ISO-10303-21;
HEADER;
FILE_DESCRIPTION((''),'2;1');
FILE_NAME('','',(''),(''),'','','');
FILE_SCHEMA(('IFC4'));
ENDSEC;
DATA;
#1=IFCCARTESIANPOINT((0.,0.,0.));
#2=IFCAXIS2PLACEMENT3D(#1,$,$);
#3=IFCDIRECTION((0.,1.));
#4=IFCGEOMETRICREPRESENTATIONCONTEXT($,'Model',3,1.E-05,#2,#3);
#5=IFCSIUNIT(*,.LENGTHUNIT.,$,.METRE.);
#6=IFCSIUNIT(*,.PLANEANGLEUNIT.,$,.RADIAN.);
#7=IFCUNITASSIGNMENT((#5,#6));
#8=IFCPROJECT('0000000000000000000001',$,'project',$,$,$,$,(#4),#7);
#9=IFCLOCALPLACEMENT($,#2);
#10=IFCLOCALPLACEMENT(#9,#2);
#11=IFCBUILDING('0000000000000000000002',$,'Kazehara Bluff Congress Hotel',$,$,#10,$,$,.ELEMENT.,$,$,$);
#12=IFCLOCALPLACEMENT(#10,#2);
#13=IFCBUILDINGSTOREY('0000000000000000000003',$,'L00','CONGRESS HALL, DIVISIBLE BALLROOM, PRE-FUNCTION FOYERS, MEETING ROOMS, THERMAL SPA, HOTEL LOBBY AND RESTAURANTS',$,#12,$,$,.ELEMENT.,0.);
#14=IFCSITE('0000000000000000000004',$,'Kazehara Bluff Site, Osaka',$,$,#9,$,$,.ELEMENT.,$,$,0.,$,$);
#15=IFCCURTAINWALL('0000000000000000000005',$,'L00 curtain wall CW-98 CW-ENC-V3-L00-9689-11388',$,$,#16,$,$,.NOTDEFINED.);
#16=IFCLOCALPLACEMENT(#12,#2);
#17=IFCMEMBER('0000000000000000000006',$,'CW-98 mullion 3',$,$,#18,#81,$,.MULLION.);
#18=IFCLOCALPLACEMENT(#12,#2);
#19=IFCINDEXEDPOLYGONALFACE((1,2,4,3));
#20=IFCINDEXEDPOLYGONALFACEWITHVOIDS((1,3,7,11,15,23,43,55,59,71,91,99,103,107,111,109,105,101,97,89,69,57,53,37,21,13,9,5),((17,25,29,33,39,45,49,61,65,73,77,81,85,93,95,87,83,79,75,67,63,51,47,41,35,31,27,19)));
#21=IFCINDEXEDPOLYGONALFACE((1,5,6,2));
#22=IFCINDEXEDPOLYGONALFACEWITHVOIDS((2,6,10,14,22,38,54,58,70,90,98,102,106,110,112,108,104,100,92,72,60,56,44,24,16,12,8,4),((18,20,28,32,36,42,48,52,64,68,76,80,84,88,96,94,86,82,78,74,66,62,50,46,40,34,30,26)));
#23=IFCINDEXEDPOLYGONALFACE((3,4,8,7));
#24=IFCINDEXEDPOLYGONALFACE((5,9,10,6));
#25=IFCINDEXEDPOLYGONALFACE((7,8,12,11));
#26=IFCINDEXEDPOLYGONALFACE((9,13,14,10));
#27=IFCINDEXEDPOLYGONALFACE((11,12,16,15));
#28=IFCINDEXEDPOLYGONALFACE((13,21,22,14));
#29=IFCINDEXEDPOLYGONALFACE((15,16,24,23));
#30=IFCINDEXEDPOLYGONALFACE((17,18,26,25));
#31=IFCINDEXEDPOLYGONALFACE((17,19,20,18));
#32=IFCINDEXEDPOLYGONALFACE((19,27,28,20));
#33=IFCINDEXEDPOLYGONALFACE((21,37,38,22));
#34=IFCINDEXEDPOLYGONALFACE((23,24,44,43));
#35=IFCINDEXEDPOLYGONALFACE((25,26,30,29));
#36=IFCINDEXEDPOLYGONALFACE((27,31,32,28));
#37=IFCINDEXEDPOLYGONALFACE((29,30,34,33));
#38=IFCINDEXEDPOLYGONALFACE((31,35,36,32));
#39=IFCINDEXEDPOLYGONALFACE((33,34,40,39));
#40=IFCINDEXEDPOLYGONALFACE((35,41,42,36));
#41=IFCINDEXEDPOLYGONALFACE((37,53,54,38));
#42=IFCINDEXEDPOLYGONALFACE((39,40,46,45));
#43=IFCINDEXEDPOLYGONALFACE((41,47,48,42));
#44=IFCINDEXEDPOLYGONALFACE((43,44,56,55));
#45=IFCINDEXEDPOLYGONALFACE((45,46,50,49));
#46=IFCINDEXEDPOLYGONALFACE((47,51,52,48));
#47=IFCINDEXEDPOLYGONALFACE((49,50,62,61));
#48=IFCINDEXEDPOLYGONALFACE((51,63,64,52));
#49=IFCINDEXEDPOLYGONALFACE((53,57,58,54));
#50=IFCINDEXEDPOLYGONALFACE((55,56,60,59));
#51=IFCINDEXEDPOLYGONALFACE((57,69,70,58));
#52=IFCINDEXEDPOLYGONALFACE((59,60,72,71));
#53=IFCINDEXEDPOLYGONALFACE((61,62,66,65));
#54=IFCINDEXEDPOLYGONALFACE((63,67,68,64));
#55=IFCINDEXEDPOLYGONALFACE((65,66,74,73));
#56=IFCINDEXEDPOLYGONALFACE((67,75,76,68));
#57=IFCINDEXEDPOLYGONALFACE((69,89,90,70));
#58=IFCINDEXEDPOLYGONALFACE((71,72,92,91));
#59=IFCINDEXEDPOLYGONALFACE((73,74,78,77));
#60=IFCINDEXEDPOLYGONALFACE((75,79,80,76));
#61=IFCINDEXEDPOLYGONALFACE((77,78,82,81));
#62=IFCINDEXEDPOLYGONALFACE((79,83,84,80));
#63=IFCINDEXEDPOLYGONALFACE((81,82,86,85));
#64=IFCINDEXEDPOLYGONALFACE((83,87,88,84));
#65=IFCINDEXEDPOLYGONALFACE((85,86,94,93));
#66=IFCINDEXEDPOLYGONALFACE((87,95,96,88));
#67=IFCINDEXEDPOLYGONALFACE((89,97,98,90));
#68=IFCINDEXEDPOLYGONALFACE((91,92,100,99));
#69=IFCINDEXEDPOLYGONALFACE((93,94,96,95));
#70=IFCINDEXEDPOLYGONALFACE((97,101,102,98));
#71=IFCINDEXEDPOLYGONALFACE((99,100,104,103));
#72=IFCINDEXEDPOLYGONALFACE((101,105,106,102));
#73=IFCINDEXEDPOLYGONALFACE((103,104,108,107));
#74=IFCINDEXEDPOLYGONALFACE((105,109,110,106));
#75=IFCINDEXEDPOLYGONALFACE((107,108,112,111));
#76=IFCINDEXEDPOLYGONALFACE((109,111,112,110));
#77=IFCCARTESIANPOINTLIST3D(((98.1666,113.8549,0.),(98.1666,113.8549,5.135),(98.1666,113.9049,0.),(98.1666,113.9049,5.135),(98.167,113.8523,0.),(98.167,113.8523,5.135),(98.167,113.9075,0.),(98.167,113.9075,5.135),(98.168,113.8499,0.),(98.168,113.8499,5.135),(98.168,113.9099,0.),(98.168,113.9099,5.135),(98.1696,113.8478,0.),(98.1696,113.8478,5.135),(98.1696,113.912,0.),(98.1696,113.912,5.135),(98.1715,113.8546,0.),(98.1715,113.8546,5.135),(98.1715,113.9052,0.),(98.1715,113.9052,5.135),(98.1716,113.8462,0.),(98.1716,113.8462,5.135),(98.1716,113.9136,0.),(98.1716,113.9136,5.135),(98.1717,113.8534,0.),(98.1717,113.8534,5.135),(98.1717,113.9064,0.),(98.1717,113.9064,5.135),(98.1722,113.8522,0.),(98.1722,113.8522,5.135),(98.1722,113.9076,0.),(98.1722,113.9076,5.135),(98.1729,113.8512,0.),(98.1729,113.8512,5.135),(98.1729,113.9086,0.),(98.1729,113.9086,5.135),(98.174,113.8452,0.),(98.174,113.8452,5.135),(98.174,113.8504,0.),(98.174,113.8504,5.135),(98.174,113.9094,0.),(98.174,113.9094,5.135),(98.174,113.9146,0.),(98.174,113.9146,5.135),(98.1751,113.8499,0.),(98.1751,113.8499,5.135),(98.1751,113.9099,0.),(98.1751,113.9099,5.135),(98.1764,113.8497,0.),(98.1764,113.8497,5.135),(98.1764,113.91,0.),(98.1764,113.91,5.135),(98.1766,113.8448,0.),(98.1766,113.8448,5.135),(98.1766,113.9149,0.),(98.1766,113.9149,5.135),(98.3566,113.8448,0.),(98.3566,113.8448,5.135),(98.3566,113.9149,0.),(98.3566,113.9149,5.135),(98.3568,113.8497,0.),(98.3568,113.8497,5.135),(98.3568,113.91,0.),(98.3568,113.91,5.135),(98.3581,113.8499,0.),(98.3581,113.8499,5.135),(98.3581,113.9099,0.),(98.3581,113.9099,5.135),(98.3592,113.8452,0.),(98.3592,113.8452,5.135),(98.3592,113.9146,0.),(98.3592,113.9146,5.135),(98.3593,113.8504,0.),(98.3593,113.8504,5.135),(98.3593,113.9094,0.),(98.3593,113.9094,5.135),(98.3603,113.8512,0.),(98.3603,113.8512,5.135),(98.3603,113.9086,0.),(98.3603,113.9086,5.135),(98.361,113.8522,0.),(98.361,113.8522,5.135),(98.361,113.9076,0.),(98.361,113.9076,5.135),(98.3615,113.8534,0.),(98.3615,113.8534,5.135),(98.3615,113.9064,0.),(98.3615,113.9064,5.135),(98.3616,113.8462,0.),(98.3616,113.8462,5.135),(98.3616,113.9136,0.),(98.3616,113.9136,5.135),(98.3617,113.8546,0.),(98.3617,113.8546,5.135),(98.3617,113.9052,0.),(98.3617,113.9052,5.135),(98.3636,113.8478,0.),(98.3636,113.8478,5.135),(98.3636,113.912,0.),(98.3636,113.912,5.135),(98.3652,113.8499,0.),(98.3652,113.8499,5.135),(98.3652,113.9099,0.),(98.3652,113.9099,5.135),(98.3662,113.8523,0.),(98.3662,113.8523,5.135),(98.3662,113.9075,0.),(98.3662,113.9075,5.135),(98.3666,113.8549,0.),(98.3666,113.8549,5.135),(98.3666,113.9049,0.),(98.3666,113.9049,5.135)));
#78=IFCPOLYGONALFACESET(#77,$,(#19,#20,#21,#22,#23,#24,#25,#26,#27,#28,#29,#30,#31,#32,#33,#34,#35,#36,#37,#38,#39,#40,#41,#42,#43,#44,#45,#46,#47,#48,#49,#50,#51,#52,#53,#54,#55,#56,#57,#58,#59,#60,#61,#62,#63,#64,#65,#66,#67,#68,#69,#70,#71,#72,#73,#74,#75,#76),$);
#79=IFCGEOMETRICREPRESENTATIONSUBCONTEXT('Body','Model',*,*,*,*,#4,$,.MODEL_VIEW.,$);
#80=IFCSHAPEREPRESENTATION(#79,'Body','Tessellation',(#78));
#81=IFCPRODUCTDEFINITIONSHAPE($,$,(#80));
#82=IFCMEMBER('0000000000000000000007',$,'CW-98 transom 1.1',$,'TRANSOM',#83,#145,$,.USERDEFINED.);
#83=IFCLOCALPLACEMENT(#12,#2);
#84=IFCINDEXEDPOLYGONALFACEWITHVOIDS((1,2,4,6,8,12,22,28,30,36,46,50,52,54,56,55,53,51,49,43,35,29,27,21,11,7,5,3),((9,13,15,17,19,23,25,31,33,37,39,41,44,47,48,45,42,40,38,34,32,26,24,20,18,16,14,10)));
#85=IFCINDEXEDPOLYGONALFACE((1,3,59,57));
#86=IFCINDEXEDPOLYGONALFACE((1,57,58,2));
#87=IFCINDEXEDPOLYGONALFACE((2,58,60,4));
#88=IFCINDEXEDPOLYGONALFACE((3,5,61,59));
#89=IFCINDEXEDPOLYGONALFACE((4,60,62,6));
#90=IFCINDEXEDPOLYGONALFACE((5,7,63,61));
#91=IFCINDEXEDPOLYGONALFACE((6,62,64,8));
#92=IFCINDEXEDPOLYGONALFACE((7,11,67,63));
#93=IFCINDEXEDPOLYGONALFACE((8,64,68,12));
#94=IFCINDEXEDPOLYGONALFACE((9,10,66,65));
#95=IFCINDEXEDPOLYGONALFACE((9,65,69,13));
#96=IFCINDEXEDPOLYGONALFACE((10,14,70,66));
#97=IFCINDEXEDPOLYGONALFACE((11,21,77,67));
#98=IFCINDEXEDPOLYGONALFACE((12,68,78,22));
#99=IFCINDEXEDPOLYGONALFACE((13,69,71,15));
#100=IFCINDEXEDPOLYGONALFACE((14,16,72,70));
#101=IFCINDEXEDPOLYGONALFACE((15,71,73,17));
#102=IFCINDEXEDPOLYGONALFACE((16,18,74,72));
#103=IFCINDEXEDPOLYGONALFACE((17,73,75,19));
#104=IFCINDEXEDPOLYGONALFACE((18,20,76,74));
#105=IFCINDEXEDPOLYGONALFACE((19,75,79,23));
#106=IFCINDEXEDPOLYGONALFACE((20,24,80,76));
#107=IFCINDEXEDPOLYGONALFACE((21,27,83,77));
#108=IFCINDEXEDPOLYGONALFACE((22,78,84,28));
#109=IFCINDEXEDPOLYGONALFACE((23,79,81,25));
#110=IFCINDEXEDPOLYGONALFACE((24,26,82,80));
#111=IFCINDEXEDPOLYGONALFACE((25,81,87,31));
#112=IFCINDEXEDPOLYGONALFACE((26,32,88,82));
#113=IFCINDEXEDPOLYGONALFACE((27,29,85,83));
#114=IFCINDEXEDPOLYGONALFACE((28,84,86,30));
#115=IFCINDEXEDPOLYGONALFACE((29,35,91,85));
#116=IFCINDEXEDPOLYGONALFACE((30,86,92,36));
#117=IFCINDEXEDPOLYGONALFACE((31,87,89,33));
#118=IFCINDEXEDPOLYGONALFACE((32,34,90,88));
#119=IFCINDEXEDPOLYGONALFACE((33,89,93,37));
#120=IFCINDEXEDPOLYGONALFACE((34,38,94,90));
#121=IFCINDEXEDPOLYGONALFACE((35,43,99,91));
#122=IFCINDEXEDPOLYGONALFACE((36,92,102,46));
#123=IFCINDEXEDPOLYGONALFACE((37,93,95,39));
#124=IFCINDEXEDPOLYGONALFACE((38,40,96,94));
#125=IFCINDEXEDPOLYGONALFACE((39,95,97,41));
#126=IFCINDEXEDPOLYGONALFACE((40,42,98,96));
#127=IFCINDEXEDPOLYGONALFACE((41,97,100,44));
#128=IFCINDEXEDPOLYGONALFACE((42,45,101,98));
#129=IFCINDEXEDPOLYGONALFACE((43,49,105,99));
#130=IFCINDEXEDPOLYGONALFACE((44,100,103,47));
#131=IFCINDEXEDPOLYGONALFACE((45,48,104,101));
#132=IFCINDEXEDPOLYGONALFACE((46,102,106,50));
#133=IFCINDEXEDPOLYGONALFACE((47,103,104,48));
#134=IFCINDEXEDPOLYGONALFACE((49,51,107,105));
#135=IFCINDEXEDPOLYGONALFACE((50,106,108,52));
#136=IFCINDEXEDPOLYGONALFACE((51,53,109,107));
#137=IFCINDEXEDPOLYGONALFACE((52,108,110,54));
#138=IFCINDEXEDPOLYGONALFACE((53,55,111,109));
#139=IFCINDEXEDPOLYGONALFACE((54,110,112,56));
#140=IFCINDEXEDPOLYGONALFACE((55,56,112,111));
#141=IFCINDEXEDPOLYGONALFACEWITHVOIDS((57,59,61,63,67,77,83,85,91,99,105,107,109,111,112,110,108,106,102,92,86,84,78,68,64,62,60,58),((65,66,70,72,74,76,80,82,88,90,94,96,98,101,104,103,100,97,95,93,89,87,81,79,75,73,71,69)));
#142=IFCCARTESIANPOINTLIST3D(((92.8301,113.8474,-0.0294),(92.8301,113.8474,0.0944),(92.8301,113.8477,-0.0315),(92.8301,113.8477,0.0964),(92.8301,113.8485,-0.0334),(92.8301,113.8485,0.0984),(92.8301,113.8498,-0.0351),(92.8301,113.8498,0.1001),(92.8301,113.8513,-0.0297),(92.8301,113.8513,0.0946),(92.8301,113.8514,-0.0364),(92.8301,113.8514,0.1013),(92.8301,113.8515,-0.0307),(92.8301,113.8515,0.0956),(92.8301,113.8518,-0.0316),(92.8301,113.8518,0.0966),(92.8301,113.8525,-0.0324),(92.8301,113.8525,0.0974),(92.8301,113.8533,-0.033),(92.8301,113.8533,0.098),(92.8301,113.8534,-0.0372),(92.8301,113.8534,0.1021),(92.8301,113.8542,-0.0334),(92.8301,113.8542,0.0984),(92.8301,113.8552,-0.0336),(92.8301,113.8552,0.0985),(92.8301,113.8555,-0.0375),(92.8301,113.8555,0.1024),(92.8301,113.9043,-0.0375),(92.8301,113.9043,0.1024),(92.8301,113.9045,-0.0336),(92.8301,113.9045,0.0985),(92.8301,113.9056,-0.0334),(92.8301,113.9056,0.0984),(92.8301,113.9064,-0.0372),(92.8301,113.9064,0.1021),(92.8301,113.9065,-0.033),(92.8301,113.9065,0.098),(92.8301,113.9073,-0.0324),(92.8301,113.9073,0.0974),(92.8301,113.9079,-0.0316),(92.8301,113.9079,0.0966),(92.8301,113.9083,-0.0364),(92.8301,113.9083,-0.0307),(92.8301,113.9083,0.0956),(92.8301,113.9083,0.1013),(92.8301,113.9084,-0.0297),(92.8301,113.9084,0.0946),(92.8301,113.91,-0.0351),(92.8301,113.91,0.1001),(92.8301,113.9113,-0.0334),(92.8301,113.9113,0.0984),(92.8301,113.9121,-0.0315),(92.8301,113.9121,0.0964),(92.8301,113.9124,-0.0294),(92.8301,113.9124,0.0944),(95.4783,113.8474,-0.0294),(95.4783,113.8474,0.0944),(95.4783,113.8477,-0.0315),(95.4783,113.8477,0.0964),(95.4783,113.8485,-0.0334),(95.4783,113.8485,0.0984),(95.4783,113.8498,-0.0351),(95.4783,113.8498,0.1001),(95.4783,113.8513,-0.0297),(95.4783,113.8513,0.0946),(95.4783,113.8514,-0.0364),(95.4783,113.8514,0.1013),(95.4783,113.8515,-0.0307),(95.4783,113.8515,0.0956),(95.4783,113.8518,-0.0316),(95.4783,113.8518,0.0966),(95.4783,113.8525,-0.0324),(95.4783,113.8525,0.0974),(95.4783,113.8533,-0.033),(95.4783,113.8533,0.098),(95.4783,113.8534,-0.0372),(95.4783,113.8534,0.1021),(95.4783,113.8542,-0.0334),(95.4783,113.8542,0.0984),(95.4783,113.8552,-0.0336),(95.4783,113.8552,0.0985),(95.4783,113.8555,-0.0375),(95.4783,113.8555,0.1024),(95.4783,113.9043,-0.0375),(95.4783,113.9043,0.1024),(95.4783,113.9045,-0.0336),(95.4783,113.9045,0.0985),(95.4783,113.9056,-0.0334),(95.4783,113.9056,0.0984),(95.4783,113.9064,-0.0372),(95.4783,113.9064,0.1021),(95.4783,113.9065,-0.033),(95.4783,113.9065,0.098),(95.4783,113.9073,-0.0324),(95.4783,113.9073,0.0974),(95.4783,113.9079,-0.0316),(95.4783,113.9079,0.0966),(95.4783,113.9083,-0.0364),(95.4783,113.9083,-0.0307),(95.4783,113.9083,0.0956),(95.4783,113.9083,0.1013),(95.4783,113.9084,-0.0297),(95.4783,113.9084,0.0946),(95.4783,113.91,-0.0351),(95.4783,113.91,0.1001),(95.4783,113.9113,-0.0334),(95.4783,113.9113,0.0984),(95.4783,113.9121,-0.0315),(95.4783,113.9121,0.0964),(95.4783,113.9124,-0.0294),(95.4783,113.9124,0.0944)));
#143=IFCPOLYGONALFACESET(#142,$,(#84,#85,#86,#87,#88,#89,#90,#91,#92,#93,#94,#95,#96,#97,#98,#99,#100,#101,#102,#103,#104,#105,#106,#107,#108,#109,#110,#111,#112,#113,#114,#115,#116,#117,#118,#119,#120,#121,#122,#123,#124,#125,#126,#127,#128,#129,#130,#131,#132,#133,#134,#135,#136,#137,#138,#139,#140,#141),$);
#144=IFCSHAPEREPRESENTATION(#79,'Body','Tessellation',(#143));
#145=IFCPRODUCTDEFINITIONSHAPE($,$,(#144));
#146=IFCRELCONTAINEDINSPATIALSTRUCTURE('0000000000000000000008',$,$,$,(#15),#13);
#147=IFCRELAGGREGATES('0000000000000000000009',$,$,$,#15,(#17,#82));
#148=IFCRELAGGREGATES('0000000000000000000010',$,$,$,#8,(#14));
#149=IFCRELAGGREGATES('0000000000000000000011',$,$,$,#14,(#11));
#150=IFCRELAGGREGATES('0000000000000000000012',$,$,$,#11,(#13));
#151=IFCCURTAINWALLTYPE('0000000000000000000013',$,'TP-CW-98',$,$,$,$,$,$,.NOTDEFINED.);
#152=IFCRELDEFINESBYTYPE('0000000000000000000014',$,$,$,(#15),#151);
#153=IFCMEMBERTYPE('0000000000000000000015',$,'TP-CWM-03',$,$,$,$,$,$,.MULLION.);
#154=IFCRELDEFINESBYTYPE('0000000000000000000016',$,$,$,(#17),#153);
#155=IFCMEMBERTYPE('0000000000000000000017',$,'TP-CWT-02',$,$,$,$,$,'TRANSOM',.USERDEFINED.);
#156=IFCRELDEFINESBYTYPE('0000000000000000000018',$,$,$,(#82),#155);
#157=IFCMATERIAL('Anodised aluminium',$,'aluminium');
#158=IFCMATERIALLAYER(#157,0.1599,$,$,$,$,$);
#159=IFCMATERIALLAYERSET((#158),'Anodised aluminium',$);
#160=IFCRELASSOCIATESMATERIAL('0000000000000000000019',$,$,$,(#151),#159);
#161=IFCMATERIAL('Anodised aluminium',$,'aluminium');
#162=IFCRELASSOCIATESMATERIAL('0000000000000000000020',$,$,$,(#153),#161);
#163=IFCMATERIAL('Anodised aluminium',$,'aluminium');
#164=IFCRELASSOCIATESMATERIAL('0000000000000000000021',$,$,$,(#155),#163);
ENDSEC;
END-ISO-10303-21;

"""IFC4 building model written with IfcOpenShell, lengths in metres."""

from ifc_helpers import new_model, si_unit, direction, frame, origin, origin_2d, place, context, subcontext, project, spatial, hollow_rectangle, extrude, material, layer, layer_set, material_profile, profile_set, type_object, element, aggregate, save


model = new_model("IFC4")

# Units and contexts
model_context = context("Model", 3, precision=1e-05, world=origin(), true_north=direction((0.0, 1.0)))
body_context = subcontext(model_context, "Body", "Model", "MODEL_VIEW")
ifc_project = project(units=[si_unit("LENGTHUNIT", "METRE"), si_unit("PLANEANGLEUNIT", "RADIAN")], contexts=[model_context])

# Site, building, storey
site_placement = place(None, origin())
site = spatial("IfcSite", under=ifc_project, at=site_placement, Name="Kazehara Bluff Site, Osaka", CompositionType="ELEMENT", RefElevation=0.0)
building_placement = place(site_placement, origin())
building = spatial("IfcBuilding", under=site, at=building_placement, Name="Kazehara Bluff Congress Hotel", CompositionType="ELEMENT")
storey_placement = place(building_placement, origin())
storey = spatial("IfcBuildingStorey", under=building, at=storey_placement, Name="L00", Description="CONGRESS HALL, DIVISIBLE BALLROOM, PRE-FUNCTION FOYERS, MEETING ROOMS, THERMAL SPA, HOTEL LOBBY AND RESTAURANTS", CompositionType="ELEMENT", Elevation=0.0)

# Curtain wall, members
ifc_material_1 = material(Name="Anodised aluminium", Category="aluminium")
ifc_layer_1 = layer(ifc_material_1, 0.1599)
ifc_layer_set_1 = layer_set([ifc_layer_1], Name="Anodised aluminium")
curtain_wall_type = type_object("IfcCurtainWallType", Name="TP-CW-98", PredefinedType="NOTDEFINED", material=ifc_layer_set_1)
curtain_wall_placement = place(storey_placement, origin())
curtain_wall = element("IfcCurtainWall", 1, at=curtain_wall_placement, inside=storey, type_object=curtain_wall_type, Name="L00 curtain wall CW-98 CW-ENC-V3-L00-9689-11388", PredefinedType="NOTDEFINED")
ifc_material_2 = material(Name="Anodised aluminium", Category="aluminium")
ifc_material_profile_1 = material_profile(ifc_material_2, hollow_rectangle(XDim=0.0701, YDim=0.2, WallThickness=0.0049, InnerFilletRadius=0.0049, OuterFilletRadius=0.01, at=origin_2d()))
ifc_profile_set_1 = profile_set([ifc_material_profile_1], Name="Anodised aluminium")
member_type_1 = type_object("IfcMemberType", Name="TP-CWM-03", PredefinedType="MULLION", material=ifc_profile_set_1)
member_1_placement = place(storey_placement, frame((98.2666, 113.8799, 0.0), z_axis=(0.0, 0.0, 1.0), x_axis=(0.0, 1.0, 0.0)))
member_1 = element("IfcMember", 2, at=member_1_placement, type_object=member_type_1, Name="CW-98 mullion 3", PredefinedType="MULLION", context=body_context, shape_type="SweptSolid", body=[
    extrude(hollow_rectangle(XDim=0.0701, YDim=0.2, WallThickness=0.0049, InnerFilletRadius=0.0049, OuterFilletRadius=0.01, at=origin_2d()), origin(), (0.0, 0.0, 1.0), 5.135),
])
ifc_material_3 = material(Name="Anodised aluminium", Category="aluminium")
ifc_material_profile_2 = material_profile(ifc_material_3, hollow_rectangle(XDim=0.0649, YDim=0.1399, WallThickness=0.0039, InnerFilletRadius=0.0039, OuterFilletRadius=0.0081, at=origin_2d()))
ifc_profile_set_2 = profile_set([ifc_material_profile_2], Name="Anodised aluminium")
member_type_2 = type_object("IfcMemberType", Name="TP-CWT-02", ElementType="TRANSOM", PredefinedType="USERDEFINED", material=ifc_profile_set_2)
member_2_placement = place(storey_placement, frame((92.8301, 113.8799, 0.0325), z_axis=(1.0, 0.0, 0.0), x_axis=(0.0, 1.0, 0.0)))
member_2 = element("IfcMember", 3, at=member_2_placement, type_object=member_type_2, Name="CW-98 transom 1.1", ObjectType="TRANSOM", PredefinedType="USERDEFINED", context=body_context, shape_type="SweptSolid", body=[
    extrude(hollow_rectangle(XDim=0.0649, YDim=0.1399, WallThickness=0.0039, InnerFilletRadius=0.0039, OuterFilletRadius=0.0081, at=origin_2d()), origin(), (0.0, 0.0, 1.0), 2.6482),
])

aggregate(curtain_wall, [member_1, member_2])

save(model, "model.ifc")
